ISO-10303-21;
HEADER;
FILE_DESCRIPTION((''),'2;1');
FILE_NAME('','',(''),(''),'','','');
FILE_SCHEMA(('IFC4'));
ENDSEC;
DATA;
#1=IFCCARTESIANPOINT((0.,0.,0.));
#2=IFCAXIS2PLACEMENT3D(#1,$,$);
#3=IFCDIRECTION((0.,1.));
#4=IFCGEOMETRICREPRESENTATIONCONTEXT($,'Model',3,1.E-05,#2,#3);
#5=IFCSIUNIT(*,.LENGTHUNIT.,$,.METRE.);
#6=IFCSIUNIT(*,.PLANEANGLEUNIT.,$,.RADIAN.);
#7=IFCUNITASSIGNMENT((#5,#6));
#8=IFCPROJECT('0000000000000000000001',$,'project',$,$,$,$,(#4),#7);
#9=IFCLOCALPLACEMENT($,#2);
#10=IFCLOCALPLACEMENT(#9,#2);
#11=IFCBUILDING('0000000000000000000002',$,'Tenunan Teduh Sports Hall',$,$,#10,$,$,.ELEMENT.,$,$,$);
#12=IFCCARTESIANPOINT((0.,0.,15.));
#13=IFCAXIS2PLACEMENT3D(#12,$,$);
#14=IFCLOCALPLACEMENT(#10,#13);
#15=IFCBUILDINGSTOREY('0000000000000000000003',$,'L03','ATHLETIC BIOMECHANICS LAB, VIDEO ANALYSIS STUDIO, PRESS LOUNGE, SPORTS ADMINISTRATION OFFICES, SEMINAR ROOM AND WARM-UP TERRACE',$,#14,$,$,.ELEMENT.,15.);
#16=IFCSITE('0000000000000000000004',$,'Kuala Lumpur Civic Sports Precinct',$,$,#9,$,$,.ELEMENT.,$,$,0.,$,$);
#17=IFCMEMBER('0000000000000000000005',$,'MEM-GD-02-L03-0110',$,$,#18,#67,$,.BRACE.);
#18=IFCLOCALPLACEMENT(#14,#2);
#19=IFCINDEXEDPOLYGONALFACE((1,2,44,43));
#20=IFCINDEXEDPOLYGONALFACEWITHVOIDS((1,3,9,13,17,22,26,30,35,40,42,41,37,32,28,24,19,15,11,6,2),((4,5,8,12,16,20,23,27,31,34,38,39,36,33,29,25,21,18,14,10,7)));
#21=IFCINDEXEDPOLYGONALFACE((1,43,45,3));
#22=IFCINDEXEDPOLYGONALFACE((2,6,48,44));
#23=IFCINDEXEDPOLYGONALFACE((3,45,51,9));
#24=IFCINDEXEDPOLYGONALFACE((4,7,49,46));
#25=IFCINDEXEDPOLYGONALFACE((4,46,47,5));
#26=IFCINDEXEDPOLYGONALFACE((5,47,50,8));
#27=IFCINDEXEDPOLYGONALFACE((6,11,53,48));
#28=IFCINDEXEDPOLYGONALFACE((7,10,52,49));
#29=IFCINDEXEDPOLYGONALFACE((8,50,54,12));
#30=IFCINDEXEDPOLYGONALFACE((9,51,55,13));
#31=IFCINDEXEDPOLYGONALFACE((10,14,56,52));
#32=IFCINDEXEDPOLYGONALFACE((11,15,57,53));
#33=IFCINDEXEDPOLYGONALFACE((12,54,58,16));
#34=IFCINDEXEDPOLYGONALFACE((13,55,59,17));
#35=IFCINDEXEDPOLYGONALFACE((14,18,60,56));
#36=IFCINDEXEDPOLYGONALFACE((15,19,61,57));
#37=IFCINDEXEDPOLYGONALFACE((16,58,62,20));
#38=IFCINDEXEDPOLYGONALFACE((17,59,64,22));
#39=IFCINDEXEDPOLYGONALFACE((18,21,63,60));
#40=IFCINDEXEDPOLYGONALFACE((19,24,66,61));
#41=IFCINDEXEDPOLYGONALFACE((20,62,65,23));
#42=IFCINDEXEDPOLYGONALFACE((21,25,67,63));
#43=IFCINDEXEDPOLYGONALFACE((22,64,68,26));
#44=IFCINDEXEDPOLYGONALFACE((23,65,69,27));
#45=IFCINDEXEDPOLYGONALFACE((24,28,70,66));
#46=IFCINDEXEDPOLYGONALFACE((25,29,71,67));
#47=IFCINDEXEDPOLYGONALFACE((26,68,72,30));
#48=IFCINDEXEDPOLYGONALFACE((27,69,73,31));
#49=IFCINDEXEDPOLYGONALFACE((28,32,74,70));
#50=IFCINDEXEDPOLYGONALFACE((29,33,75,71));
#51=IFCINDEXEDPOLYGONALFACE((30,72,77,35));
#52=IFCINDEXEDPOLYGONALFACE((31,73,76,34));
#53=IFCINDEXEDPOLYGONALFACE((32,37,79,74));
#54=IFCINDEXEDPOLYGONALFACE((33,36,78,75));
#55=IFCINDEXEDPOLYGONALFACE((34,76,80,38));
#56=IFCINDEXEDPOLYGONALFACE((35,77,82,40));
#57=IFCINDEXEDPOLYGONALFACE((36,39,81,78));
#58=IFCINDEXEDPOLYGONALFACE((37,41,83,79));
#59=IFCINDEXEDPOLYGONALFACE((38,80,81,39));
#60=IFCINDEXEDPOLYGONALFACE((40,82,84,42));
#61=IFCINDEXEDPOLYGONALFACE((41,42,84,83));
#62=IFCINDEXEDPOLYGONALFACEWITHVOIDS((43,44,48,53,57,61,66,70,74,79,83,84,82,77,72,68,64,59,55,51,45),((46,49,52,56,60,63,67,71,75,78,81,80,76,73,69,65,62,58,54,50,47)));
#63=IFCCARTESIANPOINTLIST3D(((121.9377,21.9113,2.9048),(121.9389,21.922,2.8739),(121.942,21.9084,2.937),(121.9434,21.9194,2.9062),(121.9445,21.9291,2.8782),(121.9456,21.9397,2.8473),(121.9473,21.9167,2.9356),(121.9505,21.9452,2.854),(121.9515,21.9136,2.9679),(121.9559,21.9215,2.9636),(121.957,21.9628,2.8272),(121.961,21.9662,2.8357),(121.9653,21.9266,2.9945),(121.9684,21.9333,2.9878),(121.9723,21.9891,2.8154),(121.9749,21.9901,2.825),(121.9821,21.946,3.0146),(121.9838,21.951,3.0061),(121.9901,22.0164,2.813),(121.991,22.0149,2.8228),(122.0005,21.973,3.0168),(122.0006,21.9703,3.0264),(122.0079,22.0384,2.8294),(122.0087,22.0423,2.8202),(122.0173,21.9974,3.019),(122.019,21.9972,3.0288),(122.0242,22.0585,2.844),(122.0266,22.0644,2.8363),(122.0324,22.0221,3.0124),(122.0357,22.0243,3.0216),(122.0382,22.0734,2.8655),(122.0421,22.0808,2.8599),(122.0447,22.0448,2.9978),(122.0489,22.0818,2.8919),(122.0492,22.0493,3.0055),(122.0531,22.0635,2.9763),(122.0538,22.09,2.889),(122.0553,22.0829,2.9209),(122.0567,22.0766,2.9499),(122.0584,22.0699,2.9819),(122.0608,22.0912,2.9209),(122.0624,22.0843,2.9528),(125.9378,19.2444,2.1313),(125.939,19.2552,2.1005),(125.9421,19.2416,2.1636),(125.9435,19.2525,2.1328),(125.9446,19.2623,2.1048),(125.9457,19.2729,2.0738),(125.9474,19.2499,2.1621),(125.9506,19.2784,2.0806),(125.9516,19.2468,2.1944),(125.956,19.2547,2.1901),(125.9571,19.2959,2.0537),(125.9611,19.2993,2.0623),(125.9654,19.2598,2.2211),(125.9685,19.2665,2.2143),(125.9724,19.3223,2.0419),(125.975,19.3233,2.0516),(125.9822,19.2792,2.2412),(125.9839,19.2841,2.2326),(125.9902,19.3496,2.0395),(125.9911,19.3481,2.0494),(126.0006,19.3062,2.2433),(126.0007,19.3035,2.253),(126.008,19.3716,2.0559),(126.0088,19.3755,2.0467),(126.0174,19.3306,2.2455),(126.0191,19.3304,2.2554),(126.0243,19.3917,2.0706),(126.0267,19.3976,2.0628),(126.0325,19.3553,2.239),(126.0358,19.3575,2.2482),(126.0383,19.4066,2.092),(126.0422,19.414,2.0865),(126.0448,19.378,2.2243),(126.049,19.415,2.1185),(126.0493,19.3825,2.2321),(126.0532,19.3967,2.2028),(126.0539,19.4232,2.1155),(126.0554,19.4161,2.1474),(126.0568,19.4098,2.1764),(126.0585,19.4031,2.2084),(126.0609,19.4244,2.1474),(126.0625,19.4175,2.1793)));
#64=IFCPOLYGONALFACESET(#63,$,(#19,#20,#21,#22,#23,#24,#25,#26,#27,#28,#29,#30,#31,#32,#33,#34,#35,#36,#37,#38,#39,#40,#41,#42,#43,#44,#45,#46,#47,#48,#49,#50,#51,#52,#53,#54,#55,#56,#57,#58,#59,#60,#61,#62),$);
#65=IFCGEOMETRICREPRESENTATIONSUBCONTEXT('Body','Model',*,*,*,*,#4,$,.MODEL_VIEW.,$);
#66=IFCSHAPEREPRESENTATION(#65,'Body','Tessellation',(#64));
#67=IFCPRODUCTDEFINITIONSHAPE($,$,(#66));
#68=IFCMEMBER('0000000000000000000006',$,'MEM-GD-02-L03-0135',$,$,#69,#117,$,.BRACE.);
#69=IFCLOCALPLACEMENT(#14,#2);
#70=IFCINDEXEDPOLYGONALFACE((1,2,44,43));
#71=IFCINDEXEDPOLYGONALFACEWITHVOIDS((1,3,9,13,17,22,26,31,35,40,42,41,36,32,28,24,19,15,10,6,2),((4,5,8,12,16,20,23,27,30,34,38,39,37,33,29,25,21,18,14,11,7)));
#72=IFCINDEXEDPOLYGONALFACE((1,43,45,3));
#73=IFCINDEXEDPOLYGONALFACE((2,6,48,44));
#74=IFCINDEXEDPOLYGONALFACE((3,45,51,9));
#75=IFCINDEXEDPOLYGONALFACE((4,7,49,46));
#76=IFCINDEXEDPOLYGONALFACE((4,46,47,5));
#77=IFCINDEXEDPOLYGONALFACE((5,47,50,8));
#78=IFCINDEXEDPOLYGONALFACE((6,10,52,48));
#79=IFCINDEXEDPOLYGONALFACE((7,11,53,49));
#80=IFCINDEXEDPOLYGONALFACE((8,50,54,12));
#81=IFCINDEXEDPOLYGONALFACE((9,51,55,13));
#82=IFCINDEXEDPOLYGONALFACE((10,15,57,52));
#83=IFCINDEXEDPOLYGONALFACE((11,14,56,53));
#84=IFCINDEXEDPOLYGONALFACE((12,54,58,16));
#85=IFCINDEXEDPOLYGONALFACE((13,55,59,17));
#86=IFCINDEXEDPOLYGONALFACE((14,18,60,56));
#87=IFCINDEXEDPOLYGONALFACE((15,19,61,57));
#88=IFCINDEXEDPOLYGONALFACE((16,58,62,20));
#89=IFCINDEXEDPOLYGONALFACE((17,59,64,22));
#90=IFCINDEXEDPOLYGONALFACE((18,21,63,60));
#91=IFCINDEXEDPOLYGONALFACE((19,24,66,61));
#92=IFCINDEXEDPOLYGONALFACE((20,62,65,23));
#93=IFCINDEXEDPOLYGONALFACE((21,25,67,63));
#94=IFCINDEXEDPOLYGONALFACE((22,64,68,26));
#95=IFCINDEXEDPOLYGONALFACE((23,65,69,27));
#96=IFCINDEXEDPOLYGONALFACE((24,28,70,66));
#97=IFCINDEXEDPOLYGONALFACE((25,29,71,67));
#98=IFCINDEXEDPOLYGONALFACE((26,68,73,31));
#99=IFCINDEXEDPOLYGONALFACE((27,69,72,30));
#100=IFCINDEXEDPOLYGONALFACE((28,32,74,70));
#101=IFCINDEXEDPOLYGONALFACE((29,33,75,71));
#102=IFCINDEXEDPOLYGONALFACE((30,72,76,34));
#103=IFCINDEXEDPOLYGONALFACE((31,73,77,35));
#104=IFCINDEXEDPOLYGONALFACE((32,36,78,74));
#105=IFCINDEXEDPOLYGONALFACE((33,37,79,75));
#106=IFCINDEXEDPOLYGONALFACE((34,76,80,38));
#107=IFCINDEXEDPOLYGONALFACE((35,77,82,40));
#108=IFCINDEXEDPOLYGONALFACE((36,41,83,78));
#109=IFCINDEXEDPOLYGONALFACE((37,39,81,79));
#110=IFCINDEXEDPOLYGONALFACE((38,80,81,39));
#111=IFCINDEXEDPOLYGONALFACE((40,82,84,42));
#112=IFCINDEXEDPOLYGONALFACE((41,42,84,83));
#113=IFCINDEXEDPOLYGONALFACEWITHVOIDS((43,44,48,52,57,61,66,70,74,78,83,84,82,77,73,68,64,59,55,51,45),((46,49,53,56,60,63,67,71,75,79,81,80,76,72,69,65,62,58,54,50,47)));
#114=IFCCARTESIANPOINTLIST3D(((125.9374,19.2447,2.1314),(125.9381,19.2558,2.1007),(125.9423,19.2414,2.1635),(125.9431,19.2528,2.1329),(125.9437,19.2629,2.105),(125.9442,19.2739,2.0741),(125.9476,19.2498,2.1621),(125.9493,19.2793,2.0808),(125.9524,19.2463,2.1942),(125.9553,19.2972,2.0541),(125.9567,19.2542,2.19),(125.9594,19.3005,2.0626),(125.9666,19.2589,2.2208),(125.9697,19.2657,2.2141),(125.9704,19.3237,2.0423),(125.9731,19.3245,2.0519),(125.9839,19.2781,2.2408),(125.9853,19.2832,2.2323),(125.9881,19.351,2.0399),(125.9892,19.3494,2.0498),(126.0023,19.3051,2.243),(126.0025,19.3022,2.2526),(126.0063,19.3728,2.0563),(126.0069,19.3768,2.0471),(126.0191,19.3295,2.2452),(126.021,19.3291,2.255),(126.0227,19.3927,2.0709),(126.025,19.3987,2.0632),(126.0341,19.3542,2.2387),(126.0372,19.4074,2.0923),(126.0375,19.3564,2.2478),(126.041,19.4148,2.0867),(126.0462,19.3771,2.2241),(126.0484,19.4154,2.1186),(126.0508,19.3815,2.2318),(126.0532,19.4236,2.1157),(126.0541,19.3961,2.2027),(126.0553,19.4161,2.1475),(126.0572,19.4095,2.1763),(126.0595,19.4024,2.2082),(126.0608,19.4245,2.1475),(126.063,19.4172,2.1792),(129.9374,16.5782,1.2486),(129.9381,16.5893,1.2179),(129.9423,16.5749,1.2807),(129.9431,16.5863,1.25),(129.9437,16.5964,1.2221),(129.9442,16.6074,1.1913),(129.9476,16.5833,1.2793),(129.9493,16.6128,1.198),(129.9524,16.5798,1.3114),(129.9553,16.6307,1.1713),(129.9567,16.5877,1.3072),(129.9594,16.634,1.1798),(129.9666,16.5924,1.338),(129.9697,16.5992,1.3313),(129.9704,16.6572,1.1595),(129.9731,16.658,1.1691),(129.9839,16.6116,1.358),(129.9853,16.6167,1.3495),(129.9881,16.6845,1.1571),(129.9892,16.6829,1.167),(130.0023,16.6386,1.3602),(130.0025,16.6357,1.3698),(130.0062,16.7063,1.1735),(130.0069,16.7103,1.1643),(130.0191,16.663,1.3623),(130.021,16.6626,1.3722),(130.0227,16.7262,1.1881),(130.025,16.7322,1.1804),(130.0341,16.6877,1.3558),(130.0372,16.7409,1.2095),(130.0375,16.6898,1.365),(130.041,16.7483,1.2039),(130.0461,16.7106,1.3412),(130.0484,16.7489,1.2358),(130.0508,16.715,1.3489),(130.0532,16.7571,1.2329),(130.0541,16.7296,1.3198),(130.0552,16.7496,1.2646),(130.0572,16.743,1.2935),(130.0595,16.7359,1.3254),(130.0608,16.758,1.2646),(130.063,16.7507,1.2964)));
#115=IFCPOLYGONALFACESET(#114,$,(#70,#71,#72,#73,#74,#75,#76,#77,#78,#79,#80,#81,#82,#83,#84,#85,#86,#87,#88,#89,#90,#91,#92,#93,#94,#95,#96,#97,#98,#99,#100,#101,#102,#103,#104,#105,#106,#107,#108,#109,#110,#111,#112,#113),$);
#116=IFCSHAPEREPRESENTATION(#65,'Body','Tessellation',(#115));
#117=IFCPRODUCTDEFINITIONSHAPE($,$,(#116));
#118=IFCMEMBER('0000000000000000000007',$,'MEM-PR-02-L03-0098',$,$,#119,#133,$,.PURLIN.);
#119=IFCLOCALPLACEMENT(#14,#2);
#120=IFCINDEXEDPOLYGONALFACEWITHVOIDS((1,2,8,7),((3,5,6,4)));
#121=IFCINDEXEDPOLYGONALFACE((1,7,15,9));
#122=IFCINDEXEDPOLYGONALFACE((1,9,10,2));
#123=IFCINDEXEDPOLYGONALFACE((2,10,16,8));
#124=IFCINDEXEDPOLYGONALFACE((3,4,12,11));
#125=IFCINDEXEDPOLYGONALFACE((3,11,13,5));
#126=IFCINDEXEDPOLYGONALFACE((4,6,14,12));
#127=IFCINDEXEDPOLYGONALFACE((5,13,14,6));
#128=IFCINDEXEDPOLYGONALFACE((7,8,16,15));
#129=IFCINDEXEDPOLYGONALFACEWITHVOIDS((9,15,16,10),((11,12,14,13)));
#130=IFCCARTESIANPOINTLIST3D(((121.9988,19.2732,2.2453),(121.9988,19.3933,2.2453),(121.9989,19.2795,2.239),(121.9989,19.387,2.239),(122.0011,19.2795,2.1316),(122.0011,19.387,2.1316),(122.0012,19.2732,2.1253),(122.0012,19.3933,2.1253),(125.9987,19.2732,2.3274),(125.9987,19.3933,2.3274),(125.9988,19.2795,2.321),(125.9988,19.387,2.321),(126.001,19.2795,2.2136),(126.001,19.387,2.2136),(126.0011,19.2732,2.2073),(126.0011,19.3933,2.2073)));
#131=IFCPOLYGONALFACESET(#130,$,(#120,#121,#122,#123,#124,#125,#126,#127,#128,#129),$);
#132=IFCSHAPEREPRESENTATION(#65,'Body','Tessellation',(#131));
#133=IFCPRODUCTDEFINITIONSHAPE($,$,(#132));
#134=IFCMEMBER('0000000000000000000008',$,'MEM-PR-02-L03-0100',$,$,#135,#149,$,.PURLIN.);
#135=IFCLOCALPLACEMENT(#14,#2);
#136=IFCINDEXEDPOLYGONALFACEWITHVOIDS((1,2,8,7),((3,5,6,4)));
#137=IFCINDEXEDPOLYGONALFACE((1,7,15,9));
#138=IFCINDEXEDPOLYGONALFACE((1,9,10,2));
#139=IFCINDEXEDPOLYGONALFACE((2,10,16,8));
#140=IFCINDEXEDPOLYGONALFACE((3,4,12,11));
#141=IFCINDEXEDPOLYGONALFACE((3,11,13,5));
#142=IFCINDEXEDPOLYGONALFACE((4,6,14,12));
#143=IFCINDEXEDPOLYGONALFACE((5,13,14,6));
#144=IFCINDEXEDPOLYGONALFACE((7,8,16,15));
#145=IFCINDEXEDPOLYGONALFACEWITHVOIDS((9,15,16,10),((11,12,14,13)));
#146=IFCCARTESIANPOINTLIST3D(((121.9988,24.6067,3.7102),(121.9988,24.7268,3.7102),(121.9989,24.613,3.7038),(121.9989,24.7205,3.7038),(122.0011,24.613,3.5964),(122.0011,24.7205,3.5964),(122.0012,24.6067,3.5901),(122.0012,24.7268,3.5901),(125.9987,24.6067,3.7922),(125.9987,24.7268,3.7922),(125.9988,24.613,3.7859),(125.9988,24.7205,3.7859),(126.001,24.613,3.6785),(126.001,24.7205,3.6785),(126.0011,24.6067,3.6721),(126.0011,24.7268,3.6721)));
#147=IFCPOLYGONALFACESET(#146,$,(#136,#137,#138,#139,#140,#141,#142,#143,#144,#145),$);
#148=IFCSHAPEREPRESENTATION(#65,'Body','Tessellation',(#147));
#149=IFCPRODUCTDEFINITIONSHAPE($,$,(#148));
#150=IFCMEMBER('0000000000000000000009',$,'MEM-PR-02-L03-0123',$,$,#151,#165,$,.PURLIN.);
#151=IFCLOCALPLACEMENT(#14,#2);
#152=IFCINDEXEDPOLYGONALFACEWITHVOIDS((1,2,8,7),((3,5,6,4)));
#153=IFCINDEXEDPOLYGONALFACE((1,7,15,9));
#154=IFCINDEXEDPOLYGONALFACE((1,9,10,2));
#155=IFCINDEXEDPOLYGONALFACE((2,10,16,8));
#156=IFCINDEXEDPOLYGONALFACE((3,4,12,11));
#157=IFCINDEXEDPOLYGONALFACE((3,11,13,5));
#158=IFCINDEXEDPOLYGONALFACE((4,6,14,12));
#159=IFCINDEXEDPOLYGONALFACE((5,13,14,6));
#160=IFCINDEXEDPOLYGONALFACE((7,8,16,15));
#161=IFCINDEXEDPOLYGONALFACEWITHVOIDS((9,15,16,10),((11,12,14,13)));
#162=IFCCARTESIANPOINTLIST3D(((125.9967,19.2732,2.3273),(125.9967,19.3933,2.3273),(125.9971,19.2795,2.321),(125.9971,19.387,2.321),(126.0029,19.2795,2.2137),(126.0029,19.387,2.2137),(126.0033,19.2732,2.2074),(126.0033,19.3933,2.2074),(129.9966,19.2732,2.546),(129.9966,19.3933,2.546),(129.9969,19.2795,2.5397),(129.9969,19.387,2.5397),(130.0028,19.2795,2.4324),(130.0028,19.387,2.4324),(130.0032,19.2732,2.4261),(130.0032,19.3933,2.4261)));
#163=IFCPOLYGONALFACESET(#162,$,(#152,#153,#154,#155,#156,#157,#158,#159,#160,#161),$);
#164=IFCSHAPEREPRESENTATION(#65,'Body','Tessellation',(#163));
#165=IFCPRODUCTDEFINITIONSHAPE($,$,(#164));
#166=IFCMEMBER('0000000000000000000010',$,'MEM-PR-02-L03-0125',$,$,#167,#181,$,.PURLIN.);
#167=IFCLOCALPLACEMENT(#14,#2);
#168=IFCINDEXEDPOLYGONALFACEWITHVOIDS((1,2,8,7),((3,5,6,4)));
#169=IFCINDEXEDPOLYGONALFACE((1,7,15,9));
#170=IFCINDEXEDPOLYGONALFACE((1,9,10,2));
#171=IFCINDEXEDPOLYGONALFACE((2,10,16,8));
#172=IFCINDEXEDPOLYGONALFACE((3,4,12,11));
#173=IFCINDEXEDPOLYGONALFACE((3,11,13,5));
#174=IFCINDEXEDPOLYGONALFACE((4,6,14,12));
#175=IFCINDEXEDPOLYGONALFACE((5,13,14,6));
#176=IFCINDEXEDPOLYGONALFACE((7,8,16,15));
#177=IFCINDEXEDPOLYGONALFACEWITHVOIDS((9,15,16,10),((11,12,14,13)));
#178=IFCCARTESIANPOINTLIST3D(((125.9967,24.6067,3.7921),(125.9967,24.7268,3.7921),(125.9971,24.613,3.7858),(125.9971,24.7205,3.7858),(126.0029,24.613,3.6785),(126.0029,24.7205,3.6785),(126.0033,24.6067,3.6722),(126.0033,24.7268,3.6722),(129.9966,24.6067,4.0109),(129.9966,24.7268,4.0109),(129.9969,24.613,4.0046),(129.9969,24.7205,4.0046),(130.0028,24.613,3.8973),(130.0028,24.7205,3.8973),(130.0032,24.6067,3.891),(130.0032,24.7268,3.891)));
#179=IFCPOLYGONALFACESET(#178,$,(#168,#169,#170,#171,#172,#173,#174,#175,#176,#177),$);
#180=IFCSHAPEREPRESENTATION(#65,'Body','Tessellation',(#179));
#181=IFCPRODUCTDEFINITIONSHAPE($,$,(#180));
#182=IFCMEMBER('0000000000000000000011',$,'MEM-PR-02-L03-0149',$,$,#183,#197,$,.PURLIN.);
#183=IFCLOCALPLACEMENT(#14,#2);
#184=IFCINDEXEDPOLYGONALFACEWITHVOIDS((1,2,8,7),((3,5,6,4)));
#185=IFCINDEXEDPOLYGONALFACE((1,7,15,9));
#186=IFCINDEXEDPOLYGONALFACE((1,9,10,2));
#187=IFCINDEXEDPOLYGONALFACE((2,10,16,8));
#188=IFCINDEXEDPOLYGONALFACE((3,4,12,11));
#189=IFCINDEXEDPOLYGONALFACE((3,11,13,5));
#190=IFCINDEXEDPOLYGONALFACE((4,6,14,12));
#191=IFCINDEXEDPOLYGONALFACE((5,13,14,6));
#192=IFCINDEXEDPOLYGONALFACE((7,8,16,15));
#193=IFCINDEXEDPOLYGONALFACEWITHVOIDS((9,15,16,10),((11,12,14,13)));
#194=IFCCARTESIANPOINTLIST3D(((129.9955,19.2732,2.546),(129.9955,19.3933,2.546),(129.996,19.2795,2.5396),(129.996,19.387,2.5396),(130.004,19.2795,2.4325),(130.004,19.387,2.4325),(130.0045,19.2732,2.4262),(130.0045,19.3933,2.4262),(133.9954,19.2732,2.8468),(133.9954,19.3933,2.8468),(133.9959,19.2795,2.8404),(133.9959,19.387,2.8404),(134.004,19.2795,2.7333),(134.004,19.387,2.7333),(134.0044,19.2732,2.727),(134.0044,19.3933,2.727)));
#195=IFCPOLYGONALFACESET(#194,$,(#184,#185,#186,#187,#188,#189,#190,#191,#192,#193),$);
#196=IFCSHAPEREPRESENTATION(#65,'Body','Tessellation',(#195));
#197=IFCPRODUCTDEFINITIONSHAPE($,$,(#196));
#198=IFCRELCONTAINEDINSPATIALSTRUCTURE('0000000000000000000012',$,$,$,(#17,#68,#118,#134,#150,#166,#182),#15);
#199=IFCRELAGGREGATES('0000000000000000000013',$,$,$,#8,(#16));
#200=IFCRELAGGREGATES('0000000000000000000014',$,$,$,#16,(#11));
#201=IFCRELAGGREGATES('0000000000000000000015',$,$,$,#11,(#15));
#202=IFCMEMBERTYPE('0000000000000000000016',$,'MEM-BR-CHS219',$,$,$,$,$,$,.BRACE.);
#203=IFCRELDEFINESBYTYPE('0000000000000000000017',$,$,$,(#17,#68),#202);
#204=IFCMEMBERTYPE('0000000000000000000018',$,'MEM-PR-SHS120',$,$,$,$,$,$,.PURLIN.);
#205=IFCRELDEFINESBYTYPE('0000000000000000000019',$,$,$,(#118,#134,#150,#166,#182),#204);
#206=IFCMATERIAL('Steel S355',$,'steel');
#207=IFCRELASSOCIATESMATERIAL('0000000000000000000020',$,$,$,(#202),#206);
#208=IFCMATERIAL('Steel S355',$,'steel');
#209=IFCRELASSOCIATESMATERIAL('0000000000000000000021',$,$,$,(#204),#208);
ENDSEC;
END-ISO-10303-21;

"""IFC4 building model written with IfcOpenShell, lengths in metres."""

from ifc_helpers import new_model, si_unit, direction, frame, origin, origin_2d, place, context, subcontext, project, spatial, hollow_rectangle, hollow_circle, extrude, material, material_profile, profile_set, type_object, element, save


model = new_model("IFC4")

# Units and contexts
model_context = context("Model", 3, precision=1e-05, world=origin(), true_north=direction((0.0, 1.0)))
body_context = subcontext(model_context, "Body", "Model", "MODEL_VIEW")
ifc_project = project(units=[si_unit("LENGTHUNIT", "METRE"), si_unit("PLANEANGLEUNIT", "RADIAN")], contexts=[model_context])

# Site, building, storey
site_placement = place(None, origin())
site = spatial("IfcSite", under=ifc_project, at=site_placement, Name="Kuala Lumpur Civic Sports Precinct", CompositionType="ELEMENT", RefElevation=0.0)
building_placement = place(site_placement, origin())
building = spatial("IfcBuilding", under=site, at=building_placement, Name="Tenunan Teduh Sports Hall", CompositionType="ELEMENT")
storey_placement = place(building_placement, frame((0.0, 0.0, 15.0)))
storey = spatial("IfcBuildingStorey", under=building, at=storey_placement, Name="L03", Description="ATHLETIC BIOMECHANICS LAB, VIDEO ANALYSIS STUDIO, PRESS LOUNGE, SPORTS ADMINISTRATION OFFICES, SEMINAR ROOM AND WARM-UP TERRACE", CompositionType="ELEMENT", Elevation=15.0)

# Members
ifc_material_1 = material(Name="Steel S355", Category="steel")
ifc_material_profile_1 = material_profile(ifc_material_1, hollow_circle(Radius=0.1096, WallThickness=0.01, at=origin_2d()), Name="CHS 219.1x10.0")
ifc_profile_set_1 = profile_set([ifc_material_profile_1], Name="Steel S355")
member_type_1 = type_object("IfcMemberType", Name="MEM-BR-CHS219", PredefinedType="BRACE", material=ifc_profile_set_1)
member_1_placement = place(storey_placement, frame((122.0, 22.0, 2.9209), z_axis=(0.821479, -0.547669, -0.158841), x_axis=(0.554712, 0.832042, 0.0)))
element("IfcMember", 1, at=member_1_placement, inside=storey, type_object=member_type_1, Name="MEM-GD-02-L03-0110", PredefinedType="BRACE", context=body_context, shape_type="SweptSolid", body=[
    extrude(hollow_circle(Radius=0.1096, WallThickness=0.01, at=origin_2d()), origin(), (0.0, 0.0, 1.0), 4.8694),
])
member_2_placement = place(storey_placement, frame((126.0, 19.3333, 2.1475), z_axis=(0.818381, -0.545554, -0.180619), x_axis=(0.554677, 0.832066, 0.0)))
element("IfcMember", 2, at=member_2_placement, inside=storey, type_object=member_type_1, Name="MEM-GD-02-L03-0135", PredefinedType="BRACE", context=body_context, shape_type="SweptSolid", body=[
    extrude(hollow_circle(Radius=0.1096, WallThickness=0.01, at=origin_2d()), origin(), (0.0, 0.0, 1.0), 4.8877),
])
ifc_material_2 = material(Name="Steel S355", Category="steel")
ifc_material_profile_2 = material_profile(ifc_material_2, hollow_rectangle(XDim=0.1201, YDim=0.1201, WallThickness=0.0063, at=origin_2d()), Name="SHS 120x120x6.3")
ifc_profile_set_2 = profile_set([ifc_material_profile_2], Name="Steel S355")
member_type_2 = type_object("IfcMemberType", Name="MEM-PR-SHS120", PredefinedType="PURLIN", material=ifc_profile_set_2)
for number, where, z_axis, x_axis, name in (
    (3, (122.0, 19.3333, 2.1853), (0.99979, 0.0, 0.020504), (0.0, 1.0, 0.0), "MEM-PR-02-L03-0098"),
    (4, (122.0, 24.6667, 3.6501), (0.99979, 0.0, 0.020504), (0.0, 1.0, 0.0), "MEM-PR-02-L03-0100"),
):
    element("IfcMember", number, at=place(storey_placement, frame(where, z_axis=z_axis, x_axis=x_axis)), inside=storey, type_object=member_type_2, Name=name, PredefinedType="PURLIN", context=body_context, shape_type="SweptSolid", body=[
        extrude(hollow_rectangle(XDim=0.1201, YDim=0.1201, WallThickness=0.0063, at=origin_2d()), origin(), (0.0, 0.0, 1.0), 4.0007),
    ])
for number, where, z_axis, x_axis, name in (
    (5, (126.0, 19.3333, 2.2673), (0.998508, 0.0, 0.054606), (0.0, 1.0, 0.0), "MEM-PR-02-L03-0123"),
    (6, (126.0, 24.6667, 3.7322), (0.998508, 0.0, 0.054606), (0.0, 1.0, 0.0), "MEM-PR-02-L03-0125"),
):
    element("IfcMember", number, at=place(storey_placement, frame(where, z_axis=z_axis, x_axis=x_axis)), inside=storey, type_object=member_type_2, Name=name, PredefinedType="PURLIN", context=body_context, shape_type="SweptSolid", body=[
        extrude(hollow_rectangle(XDim=0.1201, YDim=0.1201, WallThickness=0.0063, at=origin_2d()), origin(), (0.0, 0.0, 1.0), 4.0059),
    ])
member_3_placement = place(storey_placement, frame((130.0, 19.3333, 2.4861), z_axis=(0.997185, 0.0, 0.074984), x_axis=(0.0, 1.0, 0.0)))
element("IfcMember", 7, at=member_3_placement, inside=storey, type_object=member_type_2, Name="MEM-PR-02-L03-0149", PredefinedType="PURLIN", context=body_context, shape_type="SweptSolid", body=[
    extrude(hollow_rectangle(XDim=0.1201, YDim=0.1201, WallThickness=0.0063, at=origin_2d()), origin(), (0.0, 0.0, 1.0), 4.0112),
])

save(model, "model.ifc")
